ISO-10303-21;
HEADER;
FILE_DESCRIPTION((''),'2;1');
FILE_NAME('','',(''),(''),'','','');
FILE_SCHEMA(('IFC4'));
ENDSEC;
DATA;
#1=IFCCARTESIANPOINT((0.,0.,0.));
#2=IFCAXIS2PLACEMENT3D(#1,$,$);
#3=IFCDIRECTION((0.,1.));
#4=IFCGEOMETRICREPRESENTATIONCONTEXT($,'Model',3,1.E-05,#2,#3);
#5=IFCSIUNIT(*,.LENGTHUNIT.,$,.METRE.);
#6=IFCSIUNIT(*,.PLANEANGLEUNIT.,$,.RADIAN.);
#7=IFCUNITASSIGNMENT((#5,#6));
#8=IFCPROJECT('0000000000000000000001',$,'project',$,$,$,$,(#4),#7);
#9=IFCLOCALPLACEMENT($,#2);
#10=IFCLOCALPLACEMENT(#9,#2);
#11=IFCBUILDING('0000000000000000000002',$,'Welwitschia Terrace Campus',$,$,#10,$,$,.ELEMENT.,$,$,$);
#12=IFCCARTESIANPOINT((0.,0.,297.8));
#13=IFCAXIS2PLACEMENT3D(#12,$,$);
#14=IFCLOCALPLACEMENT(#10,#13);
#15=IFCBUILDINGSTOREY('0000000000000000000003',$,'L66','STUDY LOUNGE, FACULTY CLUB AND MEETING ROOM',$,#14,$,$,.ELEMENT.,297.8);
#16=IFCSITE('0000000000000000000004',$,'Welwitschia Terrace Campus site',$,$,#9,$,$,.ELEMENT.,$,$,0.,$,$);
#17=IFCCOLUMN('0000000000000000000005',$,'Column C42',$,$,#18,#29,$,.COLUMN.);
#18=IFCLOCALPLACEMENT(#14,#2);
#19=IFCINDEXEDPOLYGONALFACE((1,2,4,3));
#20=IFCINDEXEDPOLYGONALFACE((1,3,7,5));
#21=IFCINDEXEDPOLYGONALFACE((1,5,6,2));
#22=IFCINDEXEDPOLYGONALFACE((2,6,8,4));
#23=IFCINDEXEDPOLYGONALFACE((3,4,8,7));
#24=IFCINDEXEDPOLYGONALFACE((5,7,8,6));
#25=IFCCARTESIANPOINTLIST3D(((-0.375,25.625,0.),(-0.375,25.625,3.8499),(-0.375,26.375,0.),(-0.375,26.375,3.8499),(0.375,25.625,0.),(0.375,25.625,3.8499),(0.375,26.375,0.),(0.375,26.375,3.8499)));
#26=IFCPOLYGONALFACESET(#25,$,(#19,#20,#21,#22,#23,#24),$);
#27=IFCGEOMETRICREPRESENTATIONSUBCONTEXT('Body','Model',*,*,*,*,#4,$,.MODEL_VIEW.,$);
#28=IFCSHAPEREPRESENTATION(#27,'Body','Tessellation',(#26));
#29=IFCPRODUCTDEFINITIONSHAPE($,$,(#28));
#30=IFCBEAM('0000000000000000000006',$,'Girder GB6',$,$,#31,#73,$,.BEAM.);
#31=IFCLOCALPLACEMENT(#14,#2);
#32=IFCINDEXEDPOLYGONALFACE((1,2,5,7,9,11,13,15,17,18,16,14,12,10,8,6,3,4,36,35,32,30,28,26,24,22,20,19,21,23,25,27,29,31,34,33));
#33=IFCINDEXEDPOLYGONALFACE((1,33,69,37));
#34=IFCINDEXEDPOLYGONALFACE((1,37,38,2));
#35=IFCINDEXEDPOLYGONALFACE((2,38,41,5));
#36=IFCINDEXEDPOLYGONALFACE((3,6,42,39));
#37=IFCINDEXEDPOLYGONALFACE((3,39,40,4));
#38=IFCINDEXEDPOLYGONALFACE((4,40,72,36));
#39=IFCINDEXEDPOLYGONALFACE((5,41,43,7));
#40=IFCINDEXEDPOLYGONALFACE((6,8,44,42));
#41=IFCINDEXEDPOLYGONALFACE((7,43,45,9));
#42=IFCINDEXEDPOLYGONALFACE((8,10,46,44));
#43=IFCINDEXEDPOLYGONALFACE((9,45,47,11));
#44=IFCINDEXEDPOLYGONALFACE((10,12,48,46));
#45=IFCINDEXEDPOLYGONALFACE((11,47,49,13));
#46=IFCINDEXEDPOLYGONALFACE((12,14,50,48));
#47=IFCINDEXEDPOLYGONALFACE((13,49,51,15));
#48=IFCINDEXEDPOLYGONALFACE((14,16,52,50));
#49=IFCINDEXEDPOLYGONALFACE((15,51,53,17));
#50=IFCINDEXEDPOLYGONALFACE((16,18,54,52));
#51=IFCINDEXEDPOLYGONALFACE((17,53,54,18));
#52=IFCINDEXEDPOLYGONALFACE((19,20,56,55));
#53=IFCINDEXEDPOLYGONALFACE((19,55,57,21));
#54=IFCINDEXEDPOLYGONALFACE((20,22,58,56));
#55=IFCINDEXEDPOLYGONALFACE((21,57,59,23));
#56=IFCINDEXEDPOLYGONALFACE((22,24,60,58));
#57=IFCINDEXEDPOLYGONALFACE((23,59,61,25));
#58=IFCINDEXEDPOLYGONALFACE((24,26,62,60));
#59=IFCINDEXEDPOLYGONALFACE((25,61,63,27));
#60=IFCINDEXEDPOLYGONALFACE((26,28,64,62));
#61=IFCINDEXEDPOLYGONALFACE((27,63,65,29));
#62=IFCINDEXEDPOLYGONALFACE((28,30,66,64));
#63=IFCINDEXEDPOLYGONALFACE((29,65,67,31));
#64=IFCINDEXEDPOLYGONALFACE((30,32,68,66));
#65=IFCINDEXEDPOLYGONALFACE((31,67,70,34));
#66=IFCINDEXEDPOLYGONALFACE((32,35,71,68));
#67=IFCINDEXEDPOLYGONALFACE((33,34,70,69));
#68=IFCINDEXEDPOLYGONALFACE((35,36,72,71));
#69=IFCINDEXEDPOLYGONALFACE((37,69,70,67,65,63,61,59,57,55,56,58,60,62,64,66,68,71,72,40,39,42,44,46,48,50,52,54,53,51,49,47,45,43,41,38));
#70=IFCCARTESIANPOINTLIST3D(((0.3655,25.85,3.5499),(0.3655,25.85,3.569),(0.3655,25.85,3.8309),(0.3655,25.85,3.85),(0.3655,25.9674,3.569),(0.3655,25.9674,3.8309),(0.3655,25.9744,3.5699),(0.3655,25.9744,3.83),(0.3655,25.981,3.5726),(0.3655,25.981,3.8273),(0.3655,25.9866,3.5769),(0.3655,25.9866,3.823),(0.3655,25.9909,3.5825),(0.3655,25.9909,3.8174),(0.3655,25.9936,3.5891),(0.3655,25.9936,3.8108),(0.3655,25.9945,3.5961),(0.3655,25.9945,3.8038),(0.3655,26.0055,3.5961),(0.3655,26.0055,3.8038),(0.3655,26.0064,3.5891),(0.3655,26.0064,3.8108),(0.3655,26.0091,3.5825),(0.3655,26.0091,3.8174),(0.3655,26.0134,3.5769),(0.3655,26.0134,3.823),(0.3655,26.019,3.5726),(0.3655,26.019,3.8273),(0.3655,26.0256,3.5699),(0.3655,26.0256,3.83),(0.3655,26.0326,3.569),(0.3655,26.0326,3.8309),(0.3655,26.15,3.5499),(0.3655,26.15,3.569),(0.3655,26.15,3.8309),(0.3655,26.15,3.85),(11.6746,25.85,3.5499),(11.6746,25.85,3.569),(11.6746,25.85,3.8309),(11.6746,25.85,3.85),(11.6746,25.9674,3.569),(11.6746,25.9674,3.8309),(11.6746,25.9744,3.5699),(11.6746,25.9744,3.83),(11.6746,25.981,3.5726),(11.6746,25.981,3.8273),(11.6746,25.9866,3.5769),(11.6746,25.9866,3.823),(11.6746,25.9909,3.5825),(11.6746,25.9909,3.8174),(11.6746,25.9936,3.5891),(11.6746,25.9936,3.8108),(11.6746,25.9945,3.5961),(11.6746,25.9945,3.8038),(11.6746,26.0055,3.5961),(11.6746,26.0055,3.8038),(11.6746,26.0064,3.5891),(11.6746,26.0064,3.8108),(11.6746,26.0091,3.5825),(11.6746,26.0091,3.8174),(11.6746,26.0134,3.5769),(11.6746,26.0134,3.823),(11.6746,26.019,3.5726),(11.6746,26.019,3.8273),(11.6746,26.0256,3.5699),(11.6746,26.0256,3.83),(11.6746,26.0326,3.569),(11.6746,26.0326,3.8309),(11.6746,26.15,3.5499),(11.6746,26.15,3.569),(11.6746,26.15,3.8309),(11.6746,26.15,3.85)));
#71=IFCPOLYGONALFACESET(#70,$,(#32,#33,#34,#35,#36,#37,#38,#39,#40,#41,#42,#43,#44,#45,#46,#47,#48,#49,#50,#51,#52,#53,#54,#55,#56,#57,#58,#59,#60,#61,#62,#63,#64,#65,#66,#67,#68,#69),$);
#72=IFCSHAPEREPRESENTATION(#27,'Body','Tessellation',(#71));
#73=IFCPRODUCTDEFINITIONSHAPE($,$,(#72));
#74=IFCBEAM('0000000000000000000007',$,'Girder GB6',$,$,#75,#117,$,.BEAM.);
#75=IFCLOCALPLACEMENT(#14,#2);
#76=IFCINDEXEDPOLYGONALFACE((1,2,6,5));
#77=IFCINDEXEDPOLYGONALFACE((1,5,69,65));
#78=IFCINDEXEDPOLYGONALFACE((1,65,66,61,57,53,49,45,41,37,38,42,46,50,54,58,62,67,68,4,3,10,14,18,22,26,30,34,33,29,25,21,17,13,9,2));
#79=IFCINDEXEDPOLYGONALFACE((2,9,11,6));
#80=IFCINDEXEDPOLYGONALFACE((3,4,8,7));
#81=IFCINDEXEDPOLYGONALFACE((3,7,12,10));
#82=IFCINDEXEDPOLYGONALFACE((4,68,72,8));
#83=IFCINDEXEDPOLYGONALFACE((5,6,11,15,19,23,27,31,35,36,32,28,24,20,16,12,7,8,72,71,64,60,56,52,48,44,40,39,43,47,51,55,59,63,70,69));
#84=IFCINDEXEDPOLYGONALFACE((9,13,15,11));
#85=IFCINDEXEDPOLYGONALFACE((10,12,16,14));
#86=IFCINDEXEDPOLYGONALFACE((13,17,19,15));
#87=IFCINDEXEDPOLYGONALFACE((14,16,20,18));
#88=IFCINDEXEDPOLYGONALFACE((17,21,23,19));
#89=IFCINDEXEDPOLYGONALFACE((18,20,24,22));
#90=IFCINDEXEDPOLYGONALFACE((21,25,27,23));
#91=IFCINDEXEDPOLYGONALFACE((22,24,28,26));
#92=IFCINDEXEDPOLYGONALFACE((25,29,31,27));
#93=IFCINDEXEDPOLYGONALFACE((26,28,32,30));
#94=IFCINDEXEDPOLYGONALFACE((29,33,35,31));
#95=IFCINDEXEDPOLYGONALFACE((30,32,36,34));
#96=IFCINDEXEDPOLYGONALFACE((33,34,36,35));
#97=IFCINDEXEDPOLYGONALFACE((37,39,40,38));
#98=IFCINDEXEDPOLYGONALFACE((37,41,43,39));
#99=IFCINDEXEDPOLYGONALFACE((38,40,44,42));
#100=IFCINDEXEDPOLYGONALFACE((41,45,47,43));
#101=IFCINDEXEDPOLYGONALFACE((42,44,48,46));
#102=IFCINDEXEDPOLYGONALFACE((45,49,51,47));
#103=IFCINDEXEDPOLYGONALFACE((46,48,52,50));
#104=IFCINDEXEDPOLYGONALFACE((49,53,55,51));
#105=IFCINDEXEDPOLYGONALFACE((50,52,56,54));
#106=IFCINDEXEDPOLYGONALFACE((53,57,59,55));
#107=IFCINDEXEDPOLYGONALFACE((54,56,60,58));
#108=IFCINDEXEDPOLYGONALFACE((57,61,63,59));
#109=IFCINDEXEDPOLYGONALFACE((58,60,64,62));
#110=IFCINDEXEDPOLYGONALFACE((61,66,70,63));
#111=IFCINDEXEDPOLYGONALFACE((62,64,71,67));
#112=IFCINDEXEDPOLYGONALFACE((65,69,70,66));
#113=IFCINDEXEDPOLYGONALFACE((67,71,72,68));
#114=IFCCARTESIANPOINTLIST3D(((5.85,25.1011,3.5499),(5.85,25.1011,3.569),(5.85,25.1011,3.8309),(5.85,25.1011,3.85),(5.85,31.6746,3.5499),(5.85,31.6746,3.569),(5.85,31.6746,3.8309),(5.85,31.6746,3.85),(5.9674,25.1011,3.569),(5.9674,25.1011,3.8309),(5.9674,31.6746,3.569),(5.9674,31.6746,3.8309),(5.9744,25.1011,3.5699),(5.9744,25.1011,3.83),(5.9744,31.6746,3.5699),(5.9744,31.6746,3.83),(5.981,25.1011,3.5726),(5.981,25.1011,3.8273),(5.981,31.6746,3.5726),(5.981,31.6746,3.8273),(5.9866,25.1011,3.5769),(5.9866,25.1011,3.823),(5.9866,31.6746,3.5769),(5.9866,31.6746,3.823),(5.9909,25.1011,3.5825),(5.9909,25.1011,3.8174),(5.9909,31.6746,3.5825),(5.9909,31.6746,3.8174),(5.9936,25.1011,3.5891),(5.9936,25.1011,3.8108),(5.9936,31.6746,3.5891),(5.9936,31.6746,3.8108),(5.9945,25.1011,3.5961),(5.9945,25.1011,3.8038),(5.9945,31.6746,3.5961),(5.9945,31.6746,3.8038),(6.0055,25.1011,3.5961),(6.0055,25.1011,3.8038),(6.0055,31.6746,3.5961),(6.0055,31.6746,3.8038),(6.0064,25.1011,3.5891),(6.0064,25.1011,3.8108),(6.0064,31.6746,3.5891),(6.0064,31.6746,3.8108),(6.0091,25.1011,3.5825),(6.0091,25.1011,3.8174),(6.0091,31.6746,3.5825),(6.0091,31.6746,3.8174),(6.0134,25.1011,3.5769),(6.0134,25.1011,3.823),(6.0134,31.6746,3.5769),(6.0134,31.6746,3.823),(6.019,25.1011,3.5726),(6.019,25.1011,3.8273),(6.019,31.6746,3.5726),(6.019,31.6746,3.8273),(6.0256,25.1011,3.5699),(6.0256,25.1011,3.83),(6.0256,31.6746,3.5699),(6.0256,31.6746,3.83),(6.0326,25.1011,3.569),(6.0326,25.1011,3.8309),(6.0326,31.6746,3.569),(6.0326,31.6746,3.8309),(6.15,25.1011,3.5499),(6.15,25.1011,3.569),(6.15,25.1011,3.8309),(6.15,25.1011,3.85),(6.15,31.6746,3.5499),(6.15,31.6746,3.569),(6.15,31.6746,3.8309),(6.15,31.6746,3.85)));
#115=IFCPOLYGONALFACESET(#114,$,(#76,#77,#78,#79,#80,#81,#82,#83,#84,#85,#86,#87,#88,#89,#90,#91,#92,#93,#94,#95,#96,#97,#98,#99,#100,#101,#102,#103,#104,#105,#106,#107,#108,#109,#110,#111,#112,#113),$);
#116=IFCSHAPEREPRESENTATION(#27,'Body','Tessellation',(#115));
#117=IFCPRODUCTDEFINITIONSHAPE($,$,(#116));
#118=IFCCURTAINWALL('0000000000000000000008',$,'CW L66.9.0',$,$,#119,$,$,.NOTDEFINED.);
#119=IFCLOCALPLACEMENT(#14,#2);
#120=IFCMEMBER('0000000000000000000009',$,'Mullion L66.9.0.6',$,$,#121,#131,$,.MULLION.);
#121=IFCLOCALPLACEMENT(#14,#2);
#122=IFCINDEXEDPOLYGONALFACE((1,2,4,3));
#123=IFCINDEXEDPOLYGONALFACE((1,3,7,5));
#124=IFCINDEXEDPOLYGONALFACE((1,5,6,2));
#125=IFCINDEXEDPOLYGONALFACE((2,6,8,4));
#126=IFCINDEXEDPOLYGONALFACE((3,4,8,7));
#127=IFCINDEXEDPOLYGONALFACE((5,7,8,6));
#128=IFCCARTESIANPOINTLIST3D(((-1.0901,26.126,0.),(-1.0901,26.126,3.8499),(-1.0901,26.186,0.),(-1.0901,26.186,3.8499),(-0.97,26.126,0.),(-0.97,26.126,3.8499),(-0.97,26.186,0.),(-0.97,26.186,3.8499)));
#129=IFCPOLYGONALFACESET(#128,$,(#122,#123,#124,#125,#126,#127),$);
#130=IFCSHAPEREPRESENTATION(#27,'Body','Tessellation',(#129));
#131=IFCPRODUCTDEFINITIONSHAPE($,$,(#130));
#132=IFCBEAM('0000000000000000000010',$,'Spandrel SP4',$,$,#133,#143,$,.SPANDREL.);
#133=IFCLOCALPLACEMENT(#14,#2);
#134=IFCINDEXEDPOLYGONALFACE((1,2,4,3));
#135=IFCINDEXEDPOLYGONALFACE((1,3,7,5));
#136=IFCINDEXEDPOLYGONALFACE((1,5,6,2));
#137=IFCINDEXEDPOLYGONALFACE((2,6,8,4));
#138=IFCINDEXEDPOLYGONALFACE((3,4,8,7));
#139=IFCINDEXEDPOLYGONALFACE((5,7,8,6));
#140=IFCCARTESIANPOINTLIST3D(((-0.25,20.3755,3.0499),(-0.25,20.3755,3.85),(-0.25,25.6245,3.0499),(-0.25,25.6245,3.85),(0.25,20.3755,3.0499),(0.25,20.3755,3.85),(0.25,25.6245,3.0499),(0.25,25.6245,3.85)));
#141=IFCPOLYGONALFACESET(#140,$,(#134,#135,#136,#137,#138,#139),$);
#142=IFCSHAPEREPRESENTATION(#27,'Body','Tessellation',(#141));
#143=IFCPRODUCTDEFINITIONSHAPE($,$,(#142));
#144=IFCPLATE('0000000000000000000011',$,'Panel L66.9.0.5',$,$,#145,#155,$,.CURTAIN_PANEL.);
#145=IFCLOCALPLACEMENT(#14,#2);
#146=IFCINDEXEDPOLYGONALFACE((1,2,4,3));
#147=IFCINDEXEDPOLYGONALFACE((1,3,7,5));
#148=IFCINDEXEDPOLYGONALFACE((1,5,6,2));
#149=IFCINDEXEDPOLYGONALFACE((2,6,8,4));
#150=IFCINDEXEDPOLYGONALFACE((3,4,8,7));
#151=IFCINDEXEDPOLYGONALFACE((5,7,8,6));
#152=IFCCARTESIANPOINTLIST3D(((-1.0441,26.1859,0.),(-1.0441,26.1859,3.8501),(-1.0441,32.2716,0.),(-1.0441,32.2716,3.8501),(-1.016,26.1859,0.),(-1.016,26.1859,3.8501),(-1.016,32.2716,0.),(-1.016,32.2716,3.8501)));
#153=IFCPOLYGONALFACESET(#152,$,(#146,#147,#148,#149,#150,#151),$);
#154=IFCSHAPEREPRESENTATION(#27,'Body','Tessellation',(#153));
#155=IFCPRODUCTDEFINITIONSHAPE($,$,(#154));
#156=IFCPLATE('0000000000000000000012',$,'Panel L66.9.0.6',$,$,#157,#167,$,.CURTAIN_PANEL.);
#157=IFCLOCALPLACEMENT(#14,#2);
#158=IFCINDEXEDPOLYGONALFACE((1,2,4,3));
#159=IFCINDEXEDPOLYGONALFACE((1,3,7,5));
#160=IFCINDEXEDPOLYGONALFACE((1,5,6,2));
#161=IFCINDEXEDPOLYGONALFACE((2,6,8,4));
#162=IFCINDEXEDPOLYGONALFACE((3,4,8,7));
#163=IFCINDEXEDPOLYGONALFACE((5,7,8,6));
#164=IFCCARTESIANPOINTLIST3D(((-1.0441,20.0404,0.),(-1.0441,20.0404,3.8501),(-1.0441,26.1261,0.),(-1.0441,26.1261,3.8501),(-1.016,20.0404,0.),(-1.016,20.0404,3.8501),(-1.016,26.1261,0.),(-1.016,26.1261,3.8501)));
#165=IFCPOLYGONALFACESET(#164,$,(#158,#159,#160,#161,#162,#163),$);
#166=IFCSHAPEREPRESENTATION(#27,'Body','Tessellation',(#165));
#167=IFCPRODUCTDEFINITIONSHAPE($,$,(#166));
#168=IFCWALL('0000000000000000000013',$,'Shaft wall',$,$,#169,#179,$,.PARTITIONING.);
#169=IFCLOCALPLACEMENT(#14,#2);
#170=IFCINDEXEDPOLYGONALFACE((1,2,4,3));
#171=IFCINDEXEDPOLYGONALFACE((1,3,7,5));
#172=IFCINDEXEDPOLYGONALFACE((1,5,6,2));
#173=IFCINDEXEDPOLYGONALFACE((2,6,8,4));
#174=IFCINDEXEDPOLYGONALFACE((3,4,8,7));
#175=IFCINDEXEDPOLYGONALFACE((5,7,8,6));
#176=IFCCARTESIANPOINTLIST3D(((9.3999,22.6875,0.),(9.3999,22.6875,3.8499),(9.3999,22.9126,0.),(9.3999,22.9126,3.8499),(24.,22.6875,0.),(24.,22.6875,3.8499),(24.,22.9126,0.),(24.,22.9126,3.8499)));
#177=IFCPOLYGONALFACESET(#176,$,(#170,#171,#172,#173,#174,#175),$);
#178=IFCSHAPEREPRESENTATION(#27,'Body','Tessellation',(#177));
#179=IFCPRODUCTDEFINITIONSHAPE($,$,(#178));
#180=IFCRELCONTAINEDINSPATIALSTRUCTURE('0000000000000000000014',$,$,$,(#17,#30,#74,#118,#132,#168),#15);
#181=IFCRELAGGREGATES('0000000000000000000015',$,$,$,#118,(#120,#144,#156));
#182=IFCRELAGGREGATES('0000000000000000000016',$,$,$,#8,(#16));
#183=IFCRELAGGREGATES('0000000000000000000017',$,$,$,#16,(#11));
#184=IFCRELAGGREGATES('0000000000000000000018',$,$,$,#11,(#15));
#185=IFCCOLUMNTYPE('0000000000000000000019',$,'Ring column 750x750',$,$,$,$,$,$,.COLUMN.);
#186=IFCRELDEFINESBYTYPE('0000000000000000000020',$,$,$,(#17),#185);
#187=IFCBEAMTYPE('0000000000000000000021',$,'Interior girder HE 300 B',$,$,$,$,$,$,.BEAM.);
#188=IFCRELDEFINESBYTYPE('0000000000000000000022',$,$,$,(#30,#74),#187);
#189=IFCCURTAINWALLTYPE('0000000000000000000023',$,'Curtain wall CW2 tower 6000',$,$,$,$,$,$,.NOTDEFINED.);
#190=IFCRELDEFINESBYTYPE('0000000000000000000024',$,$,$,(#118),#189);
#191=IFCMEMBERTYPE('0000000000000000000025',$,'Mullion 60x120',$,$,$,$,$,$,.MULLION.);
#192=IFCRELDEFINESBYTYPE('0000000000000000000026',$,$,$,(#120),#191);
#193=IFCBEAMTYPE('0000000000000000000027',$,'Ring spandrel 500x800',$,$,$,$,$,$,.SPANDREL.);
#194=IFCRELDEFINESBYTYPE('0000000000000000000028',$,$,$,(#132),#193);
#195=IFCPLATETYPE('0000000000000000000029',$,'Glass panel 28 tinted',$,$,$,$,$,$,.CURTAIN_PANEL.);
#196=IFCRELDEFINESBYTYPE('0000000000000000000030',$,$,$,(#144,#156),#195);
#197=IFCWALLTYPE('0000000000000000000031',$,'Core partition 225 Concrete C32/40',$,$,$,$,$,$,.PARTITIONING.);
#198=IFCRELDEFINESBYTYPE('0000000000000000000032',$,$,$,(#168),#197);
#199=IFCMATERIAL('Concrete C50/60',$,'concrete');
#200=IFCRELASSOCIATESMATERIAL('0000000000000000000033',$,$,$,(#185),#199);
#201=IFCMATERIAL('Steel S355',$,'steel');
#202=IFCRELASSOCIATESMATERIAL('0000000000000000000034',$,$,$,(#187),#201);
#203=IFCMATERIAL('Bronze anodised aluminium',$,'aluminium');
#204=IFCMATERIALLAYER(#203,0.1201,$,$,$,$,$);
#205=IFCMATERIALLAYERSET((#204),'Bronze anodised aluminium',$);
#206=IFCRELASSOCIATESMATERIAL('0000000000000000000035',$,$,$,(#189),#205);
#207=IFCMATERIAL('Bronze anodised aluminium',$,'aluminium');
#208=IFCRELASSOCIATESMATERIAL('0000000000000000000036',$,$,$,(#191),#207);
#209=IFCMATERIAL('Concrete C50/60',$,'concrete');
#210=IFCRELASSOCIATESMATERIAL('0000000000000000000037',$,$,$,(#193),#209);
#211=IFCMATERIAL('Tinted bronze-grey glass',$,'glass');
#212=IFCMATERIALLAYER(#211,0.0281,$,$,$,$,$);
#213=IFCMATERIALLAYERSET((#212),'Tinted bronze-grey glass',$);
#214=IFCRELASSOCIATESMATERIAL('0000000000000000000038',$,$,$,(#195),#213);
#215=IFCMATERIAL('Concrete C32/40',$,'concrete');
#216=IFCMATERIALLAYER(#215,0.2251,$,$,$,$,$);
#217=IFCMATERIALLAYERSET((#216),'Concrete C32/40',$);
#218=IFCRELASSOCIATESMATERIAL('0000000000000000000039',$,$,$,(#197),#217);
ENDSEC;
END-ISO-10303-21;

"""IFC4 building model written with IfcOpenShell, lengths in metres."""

from ifc_helpers import new_model, si_unit, direction, frame, frame_2d, origin, origin_2d, place, context, subcontext, project, spatial, rectangle, i_section, extrude, material, layer, layer_set, material_profile, profile_set, type_object, element, aggregate, save


model = new_model("IFC4")

# Units and contexts
model_context = context("Model", 3, precision=1e-05, world=origin(), true_north=direction((0.0, 1.0)))
body_context = subcontext(model_context, "Body", "Model", "MODEL_VIEW")
ifc_project = project(units=[si_unit("LENGTHUNIT", "METRE"), si_unit("PLANEANGLEUNIT", "RADIAN")], contexts=[model_context])

# Site, building, storey
site_placement = place(None, origin())
site = spatial("IfcSite", under=ifc_project, at=site_placement, Name="Welwitschia Terrace Campus site", CompositionType="ELEMENT", RefElevation=0.0)
building_placement = place(site_placement, origin())
building = spatial("IfcBuilding", under=site, at=building_placement, Name="Welwitschia Terrace Campus", CompositionType="ELEMENT")
storey_placement = place(building_placement, frame((0.0, 0.0, 297.8)))
storey = spatial("IfcBuildingStorey", under=building, at=storey_placement, Name="L66", Description="STUDY LOUNGE, FACULTY CLUB AND MEETING ROOM", CompositionType="ELEMENT", Elevation=297.8)

# Column
ifc_material_1 = material(Name="Concrete C50/60", Category="concrete")
ifc_material_profile_1 = material_profile(ifc_material_1, rectangle(XDim=0.75, YDim=0.75, at=origin_2d()))
ifc_profile_set_1 = profile_set([ifc_material_profile_1], Name="Concrete C50/60")
column_type = type_object("IfcColumnType", Name="Ring column 750x750", PredefinedType="COLUMN", material=ifc_profile_set_1)
column_placement = place(storey_placement, frame((0.0, 26.0, 0.0), z_axis=(0.0, 0.0, 1.0), x_axis=(1.0, 0.0, 0.0)))
element("IfcColumn", 1, at=column_placement, inside=storey, type_object=column_type, Name="Column C42", PredefinedType="COLUMN", context=body_context, shape_type="SweptSolid", body=[
    extrude(rectangle(XDim=0.75, YDim=0.75, at=origin_2d()), origin(), (0.0, 0.0, 1.0), 3.8499),
])

# Beams
ifc_material_2 = material(Name="Steel S355", Category="steel")
ifc_material_profile_2 = material_profile(ifc_material_2, i_section(OverallWidth=0.3, OverallDepth=0.3, WebThickness=0.011, FlangeThickness=0.019, FilletRadius=0.0271, at=origin_2d()))
ifc_profile_set_2 = profile_set([ifc_material_profile_2], Name="Steel S355")
beam_type_1 = type_object("IfcBeamType", Name="Interior girder HE 300 B", PredefinedType="BEAM", material=ifc_profile_set_2)
beam_1_placement = place(storey_placement, frame((0.3655, 26.0, 3.7), z_axis=(1.0, 0.0, 0.0), x_axis=(0.0, 1.0, 0.0)))
element("IfcBeam", 2, at=beam_1_placement, inside=storey, type_object=beam_type_1, Name="Girder GB6", PredefinedType="BEAM", context=body_context, shape_type="SweptSolid", body=[
    extrude(i_section(OverallWidth=0.3, OverallDepth=0.3, WebThickness=0.011, FlangeThickness=0.019, FilletRadius=0.0271, at=origin_2d()), origin(), (0.0, 0.0, 1.0), 11.3091),
])
beam_2_placement = place(storey_placement, frame((6.0, 25.1011, 3.7), z_axis=(0.0, 1.0, 0.0), x_axis=(-1.0, 0.0, 0.0)))
element("IfcBeam", 3, at=beam_2_placement, inside=storey, type_object=beam_type_1, Name="Girder GB6", PredefinedType="BEAM", context=body_context, shape_type="SweptSolid", body=[
    extrude(i_section(OverallWidth=0.3, OverallDepth=0.3, WebThickness=0.011, FlangeThickness=0.019, FilletRadius=0.0271, at=origin_2d()), origin(), (0.0, 0.0, 1.0), 6.5735),
])

# Curtain wall, member
ifc_material_3 = material(Name="Bronze anodised aluminium", Category="aluminium")
ifc_layer_1 = layer(ifc_material_3, 0.1201)
ifc_layer_set_1 = layer_set([ifc_layer_1], Name="Bronze anodised aluminium")
curtain_wall_type = type_object("IfcCurtainWallType", Name="Curtain wall CW2 tower 6000", PredefinedType="NOTDEFINED", material=ifc_layer_set_1)
curtain_wall_placement = place(storey_placement, origin())
curtain_wall = element("IfcCurtainWall", 4, at=curtain_wall_placement, inside=storey, type_object=curtain_wall_type, Name="CW L66.9.0", PredefinedType="NOTDEFINED")
ifc_material_4 = material(Name="Bronze anodised aluminium", Category="aluminium")
ifc_material_profile_3 = material_profile(ifc_material_4, rectangle(XDim=0.1201, YDim=0.0601, at=origin_2d()))
ifc_profile_set_3 = profile_set([ifc_material_profile_3], Name="Bronze anodised aluminium")
member_type = type_object("IfcMemberType", Name="Mullion 60x120", PredefinedType="MULLION", material=ifc_profile_set_3)
member_placement = place(storey_placement, frame((-1.03, 26.156, 0.0), z_axis=(0.0, 0.0, 1.0), x_axis=(1.0, 0.0, 0.0)))
member = element("IfcMember", 5, at=member_placement, type_object=member_type, Name="Mullion L66.9.0.6", PredefinedType="MULLION", context=body_context, shape_type="SweptSolid", body=[
    extrude(rectangle(XDim=0.1201, YDim=0.0601, at=origin_2d()), origin(), (0.0, 0.0, 1.0), 3.8499),
])

# Beam
ifc_material_5 = material(Name="Concrete C50/60", Category="concrete")
ifc_material_profile_4 = material_profile(ifc_material_5, rectangle(XDim=0.5, YDim=0.8, at=origin_2d()))
ifc_profile_set_4 = profile_set([ifc_material_profile_4], Name="Concrete C50/60")
beam_type_2 = type_object("IfcBeamType", Name="Ring spandrel 500x800", PredefinedType="SPANDREL", material=ifc_profile_set_4)
beam_3_placement = place(storey_placement, frame((0.0, 25.6245, 3.45), z_axis=(0.0, -1.0, 0.0), x_axis=(1.0, 0.0, 0.0)))
element("IfcBeam", 6, at=beam_3_placement, inside=storey, type_object=beam_type_2, Name="Spandrel SP4", PredefinedType="SPANDREL", context=body_context, shape_type="SweptSolid", body=[
    extrude(rectangle(XDim=0.5, YDim=0.8, at=origin_2d()), origin(), (0.0, 0.0, 1.0), 5.249),
])

# Plates
ifc_material_6 = material(Name="Tinted bronze-grey glass", Category="glass")
ifc_layer_2 = layer(ifc_material_6, 0.0281)
ifc_layer_set_2 = layer_set([ifc_layer_2], Name="Tinted bronze-grey glass")
plate_type = type_object("IfcPlateType", Name="Glass panel 28 tinted", PredefinedType="CURTAIN_PANEL", material=ifc_layer_set_2)
plate_1_placement = place(storey_placement, frame((-1.03, 29.2288, 0.0), z_axis=(0.0, 0.0, 1.0), x_axis=(0.0, -1.0, 0.0)))
plate_1 = element("IfcPlate", 7, at=plate_1_placement, type_object=plate_type, Name="Panel L66.9.0.5", PredefinedType="CURTAIN_PANEL", context=body_context, shape_type="SweptSolid", body=[
    extrude(rectangle(XDim=6.0857, YDim=0.0281, at=origin_2d()), origin(), (0.0, 0.0, 1.0), 3.8501),
])
plate_2_placement = place(storey_placement, frame((-1.03, 23.0833, 0.0), z_axis=(0.0, 0.0, 1.0), x_axis=(0.0, -1.0, 0.0)))
plate_2 = element("IfcPlate", 8, at=plate_2_placement, type_object=plate_type, Name="Panel L66.9.0.6", PredefinedType="CURTAIN_PANEL", context=body_context, shape_type="SweptSolid", body=[
    extrude(rectangle(XDim=6.0857, YDim=0.0281, at=origin_2d()), origin(), (0.0, 0.0, 1.0), 3.8501),
])
aggregate(curtain_wall, [member, plate_1, plate_2])

# Wall
ifc_material_7 = material(Name="Concrete C32/40", Category="concrete")
ifc_layer_3 = layer(ifc_material_7, 0.2251)
ifc_layer_set_3 = layer_set([ifc_layer_3], Name="Concrete C32/40")
wall_type_1 = type_object("IfcWallType", Name="Core partition 225 Concrete C32/40", PredefinedType="PARTITIONING", material=ifc_layer_set_3)
wall_1_placement = place(storey_placement, frame((9.3999, 22.8, 0.0), z_axis=(0.0, 0.0, 1.0), x_axis=(1.0, 0.0, 0.0)))
element("IfcWall", 9, at=wall_1_placement, inside=storey, type_object=wall_type_1, Name="Shaft wall", PredefinedType="PARTITIONING", context=body_context, shape_type="SweptSolid", body=[
    extrude(rectangle(XDim=14.6001, YDim=0.2251, at=frame_2d((7.3, 0.0))), origin(), (0.0, 0.0, 1.0), 3.8499),
])

save(model, "model.ifc")
